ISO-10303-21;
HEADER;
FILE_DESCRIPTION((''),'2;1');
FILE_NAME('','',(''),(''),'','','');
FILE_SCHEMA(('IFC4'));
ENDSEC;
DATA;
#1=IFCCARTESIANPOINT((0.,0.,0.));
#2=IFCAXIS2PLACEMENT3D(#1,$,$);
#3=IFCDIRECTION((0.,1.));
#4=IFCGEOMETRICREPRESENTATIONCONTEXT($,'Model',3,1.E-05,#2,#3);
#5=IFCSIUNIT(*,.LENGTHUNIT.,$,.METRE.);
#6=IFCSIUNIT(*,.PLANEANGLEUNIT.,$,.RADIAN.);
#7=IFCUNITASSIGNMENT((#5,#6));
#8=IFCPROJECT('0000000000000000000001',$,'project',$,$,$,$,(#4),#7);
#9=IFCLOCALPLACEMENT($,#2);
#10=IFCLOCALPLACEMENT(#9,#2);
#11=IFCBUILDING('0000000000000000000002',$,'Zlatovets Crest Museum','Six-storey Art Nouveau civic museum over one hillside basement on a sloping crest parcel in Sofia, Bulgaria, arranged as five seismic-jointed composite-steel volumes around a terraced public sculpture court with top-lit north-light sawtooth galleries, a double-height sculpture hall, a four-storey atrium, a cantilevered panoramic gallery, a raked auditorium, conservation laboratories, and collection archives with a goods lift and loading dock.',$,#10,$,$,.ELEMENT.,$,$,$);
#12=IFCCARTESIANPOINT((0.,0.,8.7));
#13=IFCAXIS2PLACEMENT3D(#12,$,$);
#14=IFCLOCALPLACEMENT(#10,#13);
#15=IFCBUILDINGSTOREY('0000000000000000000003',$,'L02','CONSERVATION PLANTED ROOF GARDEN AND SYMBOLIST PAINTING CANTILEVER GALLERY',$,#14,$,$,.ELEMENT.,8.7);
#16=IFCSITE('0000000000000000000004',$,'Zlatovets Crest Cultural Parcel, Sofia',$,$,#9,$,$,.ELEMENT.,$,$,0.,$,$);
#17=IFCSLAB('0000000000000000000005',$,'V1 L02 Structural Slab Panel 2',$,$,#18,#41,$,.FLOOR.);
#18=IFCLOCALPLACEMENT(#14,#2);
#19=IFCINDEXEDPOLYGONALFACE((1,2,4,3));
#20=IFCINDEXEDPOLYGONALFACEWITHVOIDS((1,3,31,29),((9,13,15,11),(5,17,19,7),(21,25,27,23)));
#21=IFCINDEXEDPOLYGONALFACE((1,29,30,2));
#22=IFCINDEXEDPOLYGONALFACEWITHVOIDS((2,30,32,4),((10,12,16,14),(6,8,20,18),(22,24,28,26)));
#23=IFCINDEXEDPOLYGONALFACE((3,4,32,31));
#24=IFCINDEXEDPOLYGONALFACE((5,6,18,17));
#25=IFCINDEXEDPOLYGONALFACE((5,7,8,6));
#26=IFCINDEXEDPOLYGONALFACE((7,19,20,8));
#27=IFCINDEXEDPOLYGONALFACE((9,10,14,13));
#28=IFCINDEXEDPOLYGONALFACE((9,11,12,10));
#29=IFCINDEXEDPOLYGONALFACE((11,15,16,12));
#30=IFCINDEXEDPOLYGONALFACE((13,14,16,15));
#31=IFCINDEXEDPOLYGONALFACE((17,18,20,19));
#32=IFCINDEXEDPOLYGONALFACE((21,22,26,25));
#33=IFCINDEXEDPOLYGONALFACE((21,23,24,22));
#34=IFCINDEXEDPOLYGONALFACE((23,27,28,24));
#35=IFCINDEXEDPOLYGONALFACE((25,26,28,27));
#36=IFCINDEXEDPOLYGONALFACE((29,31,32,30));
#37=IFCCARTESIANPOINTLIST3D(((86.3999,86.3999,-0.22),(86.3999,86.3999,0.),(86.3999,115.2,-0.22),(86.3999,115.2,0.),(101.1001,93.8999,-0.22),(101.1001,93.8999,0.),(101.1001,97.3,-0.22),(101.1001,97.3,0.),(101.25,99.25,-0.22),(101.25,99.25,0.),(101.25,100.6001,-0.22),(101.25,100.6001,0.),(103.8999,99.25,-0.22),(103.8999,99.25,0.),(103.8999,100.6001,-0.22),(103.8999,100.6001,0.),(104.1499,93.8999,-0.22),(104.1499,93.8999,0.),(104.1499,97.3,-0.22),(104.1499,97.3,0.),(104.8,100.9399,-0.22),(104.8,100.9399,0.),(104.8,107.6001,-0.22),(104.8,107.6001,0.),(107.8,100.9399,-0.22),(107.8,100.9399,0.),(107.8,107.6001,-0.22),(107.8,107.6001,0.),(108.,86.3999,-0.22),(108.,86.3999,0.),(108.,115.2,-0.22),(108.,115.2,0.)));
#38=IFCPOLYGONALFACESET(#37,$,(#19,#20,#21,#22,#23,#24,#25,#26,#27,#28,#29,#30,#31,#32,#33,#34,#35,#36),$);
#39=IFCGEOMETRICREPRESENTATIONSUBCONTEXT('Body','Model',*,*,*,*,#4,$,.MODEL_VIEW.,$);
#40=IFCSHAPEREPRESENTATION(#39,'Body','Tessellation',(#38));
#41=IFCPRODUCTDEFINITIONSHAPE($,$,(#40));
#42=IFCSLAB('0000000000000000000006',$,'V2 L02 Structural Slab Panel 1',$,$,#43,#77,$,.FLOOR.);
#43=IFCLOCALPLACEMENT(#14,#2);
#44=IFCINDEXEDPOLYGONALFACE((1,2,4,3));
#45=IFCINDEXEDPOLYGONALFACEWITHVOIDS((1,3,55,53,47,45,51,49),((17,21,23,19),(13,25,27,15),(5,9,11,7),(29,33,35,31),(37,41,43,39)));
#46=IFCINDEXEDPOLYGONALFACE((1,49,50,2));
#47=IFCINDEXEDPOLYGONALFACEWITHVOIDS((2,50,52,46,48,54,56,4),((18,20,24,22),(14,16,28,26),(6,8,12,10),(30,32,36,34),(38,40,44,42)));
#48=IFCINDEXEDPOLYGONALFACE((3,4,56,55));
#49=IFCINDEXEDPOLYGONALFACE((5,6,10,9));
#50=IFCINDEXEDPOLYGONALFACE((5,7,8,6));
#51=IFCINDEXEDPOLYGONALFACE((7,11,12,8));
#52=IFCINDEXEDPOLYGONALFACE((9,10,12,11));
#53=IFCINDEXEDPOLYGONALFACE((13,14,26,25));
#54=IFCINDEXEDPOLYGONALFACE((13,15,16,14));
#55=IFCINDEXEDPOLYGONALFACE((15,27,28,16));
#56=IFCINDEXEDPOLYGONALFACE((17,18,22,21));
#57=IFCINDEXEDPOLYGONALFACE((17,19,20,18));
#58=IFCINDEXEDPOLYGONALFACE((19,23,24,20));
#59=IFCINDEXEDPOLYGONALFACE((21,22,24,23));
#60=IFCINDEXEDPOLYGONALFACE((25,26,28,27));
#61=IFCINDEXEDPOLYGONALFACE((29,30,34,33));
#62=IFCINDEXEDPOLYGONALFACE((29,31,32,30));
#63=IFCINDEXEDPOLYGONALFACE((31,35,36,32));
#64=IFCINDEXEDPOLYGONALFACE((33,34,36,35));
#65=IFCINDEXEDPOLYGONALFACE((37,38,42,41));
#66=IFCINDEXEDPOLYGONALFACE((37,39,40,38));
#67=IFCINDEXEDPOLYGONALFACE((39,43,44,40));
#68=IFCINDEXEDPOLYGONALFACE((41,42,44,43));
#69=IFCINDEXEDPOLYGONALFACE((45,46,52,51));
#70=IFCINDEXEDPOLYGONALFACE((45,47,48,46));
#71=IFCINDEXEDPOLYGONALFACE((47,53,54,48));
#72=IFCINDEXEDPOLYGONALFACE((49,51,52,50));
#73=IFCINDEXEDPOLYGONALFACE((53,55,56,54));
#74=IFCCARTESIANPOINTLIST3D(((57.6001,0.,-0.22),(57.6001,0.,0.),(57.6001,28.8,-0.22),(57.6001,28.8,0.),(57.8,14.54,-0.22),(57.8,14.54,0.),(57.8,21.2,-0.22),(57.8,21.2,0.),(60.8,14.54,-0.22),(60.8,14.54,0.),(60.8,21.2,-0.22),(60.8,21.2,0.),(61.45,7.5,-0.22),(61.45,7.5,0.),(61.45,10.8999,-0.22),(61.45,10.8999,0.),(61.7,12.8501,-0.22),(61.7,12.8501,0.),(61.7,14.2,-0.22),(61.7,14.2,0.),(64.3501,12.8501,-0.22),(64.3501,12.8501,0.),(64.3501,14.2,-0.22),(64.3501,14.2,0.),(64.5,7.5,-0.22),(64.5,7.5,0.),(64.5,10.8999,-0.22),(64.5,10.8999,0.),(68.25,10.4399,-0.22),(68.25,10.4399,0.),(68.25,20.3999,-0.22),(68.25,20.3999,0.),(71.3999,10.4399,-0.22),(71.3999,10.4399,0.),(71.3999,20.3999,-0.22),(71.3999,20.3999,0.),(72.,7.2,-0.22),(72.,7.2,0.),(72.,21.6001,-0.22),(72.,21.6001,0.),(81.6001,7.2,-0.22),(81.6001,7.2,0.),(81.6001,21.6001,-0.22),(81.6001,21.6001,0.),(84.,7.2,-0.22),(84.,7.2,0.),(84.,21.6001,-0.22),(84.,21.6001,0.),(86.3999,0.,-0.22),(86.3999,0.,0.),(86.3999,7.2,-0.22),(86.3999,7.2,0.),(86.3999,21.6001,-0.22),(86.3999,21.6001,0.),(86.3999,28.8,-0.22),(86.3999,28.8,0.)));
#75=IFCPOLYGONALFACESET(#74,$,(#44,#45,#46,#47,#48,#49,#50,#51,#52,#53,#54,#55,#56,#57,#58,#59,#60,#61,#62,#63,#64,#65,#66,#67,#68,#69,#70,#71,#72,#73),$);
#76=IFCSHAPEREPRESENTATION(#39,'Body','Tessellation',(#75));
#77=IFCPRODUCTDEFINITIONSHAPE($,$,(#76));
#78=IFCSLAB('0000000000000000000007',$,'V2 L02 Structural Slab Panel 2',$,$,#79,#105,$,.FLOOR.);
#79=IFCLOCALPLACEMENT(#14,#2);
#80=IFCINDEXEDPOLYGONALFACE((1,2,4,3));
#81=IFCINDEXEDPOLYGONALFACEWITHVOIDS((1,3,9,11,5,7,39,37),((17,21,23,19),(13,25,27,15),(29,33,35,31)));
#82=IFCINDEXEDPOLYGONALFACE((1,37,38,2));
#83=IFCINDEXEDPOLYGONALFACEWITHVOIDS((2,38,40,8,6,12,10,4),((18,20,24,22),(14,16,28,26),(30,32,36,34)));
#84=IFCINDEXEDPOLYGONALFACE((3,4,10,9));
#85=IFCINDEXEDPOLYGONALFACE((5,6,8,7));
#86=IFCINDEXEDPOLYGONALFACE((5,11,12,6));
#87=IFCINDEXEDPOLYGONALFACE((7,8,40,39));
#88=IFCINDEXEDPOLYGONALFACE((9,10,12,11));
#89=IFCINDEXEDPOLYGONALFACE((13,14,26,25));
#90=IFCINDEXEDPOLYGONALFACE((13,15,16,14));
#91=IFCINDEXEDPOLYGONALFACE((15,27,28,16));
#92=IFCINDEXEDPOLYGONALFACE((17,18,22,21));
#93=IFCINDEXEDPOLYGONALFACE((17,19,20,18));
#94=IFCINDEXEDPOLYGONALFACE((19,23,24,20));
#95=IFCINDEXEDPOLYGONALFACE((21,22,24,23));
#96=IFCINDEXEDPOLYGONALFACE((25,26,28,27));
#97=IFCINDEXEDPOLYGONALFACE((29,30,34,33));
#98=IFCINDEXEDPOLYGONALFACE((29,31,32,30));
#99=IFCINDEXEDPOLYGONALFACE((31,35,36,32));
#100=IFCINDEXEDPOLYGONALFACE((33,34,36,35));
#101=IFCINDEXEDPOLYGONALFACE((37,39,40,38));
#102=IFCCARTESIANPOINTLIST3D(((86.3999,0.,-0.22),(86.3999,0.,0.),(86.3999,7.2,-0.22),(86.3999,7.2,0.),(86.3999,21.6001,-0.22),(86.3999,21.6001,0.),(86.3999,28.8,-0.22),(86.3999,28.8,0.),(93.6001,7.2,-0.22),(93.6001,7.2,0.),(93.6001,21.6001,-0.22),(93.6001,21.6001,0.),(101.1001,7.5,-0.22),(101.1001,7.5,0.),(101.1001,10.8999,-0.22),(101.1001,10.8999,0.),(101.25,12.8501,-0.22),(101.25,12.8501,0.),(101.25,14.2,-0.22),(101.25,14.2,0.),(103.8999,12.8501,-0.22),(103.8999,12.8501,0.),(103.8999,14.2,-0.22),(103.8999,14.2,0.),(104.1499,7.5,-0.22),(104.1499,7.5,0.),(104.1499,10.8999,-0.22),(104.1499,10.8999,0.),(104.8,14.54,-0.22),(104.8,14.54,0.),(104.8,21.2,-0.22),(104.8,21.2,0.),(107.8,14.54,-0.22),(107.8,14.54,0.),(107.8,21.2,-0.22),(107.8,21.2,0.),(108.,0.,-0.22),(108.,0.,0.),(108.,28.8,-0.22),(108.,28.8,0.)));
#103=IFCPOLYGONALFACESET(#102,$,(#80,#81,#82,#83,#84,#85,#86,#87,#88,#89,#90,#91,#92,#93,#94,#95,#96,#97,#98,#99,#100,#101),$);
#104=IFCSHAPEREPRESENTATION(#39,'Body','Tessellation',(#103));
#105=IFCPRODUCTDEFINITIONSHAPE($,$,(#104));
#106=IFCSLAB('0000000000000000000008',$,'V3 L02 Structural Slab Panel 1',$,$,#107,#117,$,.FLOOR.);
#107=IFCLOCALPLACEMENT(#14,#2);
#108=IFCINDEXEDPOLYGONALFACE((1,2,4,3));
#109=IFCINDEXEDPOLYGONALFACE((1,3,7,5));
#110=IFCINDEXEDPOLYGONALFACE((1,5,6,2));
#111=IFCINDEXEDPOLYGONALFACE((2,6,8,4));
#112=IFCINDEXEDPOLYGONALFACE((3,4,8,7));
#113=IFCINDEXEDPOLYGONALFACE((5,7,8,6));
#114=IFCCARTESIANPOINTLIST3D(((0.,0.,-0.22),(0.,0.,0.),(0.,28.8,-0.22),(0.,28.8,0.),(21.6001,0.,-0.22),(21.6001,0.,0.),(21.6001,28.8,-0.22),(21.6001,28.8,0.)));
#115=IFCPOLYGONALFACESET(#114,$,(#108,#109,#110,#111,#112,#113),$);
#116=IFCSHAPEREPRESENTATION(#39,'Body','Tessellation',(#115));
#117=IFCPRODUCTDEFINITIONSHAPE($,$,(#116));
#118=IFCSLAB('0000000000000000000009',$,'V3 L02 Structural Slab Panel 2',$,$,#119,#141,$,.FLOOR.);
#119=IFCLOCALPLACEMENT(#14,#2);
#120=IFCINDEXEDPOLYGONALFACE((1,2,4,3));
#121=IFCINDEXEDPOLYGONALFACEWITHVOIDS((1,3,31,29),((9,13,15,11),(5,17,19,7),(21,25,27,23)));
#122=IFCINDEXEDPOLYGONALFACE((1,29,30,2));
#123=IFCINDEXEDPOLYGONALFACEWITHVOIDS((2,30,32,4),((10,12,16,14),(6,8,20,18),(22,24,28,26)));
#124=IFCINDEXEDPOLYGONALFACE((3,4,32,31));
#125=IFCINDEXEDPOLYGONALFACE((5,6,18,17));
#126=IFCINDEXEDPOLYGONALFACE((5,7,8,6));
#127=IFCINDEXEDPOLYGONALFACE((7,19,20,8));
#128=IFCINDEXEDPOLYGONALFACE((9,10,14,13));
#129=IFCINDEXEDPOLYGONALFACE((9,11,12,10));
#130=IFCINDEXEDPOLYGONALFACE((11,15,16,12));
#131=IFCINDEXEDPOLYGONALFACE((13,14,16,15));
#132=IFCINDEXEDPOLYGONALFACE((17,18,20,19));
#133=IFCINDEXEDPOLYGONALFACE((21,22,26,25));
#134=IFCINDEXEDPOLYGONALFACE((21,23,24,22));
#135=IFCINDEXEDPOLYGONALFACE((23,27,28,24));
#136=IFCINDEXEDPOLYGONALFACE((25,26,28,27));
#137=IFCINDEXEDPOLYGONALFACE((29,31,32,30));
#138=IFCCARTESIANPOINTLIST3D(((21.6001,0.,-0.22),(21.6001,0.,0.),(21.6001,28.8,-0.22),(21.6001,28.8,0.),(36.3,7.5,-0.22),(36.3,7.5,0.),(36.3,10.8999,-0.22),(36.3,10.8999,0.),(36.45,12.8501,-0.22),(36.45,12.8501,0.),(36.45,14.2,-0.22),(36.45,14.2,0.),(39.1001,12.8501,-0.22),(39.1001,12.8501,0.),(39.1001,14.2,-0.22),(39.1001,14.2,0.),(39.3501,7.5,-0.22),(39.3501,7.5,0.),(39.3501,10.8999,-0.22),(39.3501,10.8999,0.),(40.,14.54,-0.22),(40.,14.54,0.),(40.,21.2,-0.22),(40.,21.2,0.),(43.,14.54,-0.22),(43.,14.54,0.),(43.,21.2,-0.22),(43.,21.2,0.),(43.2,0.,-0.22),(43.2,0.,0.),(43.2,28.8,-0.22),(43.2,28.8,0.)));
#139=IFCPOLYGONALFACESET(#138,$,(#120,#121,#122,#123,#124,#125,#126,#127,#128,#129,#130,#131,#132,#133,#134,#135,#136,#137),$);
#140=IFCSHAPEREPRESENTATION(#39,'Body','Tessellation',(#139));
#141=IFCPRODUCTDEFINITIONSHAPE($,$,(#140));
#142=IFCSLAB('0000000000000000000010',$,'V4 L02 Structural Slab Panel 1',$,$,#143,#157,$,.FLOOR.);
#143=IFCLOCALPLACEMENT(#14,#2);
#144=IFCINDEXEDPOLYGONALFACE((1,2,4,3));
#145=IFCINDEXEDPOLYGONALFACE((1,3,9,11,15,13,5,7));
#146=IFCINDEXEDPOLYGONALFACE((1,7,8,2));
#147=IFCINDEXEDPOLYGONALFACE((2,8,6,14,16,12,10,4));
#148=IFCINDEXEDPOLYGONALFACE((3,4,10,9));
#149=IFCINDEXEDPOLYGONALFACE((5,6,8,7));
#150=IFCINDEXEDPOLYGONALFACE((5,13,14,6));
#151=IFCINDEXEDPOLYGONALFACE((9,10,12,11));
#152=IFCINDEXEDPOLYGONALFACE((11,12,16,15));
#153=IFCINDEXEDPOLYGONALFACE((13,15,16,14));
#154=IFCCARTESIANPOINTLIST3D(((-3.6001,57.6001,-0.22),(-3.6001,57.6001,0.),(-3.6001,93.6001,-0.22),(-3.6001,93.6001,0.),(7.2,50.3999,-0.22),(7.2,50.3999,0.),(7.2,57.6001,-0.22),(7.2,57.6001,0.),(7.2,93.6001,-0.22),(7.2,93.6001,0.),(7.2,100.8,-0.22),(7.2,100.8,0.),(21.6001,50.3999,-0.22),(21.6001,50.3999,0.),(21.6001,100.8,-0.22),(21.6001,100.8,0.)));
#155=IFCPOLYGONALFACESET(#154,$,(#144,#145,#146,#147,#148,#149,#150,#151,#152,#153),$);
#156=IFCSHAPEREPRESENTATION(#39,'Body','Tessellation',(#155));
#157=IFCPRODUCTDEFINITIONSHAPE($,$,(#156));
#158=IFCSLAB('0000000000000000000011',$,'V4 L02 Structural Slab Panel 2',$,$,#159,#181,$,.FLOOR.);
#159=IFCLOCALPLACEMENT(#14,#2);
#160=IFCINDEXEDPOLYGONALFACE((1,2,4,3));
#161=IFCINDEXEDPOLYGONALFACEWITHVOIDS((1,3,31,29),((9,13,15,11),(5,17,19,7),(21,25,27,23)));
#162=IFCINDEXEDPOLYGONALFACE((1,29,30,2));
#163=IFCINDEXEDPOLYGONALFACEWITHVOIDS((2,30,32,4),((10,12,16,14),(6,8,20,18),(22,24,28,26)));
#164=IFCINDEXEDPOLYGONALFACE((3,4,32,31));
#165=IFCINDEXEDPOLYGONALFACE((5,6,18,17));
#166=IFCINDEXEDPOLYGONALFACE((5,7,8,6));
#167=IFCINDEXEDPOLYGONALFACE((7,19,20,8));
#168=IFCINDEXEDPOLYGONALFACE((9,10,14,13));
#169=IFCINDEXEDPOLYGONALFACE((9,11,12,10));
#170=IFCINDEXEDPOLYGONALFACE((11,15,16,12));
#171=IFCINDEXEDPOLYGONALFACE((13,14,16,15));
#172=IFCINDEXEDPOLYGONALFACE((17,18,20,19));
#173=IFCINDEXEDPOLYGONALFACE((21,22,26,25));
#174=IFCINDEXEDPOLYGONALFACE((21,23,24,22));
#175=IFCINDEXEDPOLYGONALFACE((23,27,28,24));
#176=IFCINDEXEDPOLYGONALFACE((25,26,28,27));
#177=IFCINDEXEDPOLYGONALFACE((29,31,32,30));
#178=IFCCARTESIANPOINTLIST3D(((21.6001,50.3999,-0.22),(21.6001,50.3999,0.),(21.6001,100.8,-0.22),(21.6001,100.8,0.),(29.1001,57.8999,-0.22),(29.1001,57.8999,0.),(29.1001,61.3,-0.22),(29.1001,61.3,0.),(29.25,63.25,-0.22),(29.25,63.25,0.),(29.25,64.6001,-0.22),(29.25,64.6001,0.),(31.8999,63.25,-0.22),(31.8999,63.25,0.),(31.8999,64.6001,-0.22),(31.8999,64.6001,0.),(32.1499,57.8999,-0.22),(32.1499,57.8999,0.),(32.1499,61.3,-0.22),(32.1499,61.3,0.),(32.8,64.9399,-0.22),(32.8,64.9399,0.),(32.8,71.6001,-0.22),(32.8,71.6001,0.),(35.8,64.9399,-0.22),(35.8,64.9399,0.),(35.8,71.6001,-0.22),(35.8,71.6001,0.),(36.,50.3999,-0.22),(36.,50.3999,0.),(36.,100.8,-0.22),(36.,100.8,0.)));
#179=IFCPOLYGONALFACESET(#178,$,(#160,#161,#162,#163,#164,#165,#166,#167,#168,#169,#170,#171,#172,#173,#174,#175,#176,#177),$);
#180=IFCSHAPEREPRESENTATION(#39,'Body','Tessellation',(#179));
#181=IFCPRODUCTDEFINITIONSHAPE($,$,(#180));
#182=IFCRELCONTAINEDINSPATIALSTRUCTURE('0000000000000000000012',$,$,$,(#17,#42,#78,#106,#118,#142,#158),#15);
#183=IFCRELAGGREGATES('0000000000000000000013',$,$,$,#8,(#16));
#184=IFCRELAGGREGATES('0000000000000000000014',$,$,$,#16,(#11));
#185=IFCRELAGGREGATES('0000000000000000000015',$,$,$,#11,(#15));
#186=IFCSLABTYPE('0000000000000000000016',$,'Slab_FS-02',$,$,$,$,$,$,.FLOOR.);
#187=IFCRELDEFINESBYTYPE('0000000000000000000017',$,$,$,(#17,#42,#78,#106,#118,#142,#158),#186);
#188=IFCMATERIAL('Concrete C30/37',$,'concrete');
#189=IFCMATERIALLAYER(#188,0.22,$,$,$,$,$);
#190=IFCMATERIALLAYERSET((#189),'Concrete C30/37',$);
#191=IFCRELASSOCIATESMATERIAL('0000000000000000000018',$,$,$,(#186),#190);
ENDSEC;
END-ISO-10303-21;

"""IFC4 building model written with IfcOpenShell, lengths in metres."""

from ifc_helpers import new_model, si_unit, direction, frame, origin, place, context, subcontext, project, spatial, polyline, outline, extrude, material, layer, layer_set, type_object, element, save


model = new_model("IFC4")

# Units and contexts
model_context = context("Model", 3, precision=1e-05, world=origin(), true_north=direction((0.0, 1.0)))
body_context = subcontext(model_context, "Body", "Model", "MODEL_VIEW")
ifc_project = project(units=[si_unit("LENGTHUNIT", "METRE"), si_unit("PLANEANGLEUNIT", "RADIAN")], contexts=[model_context])

# Site, building, storey
site_placement = place(None, origin())
site = spatial("IfcSite", under=ifc_project, at=site_placement, Name="Zlatovets Crest Cultural Parcel, Sofia", CompositionType="ELEMENT", RefElevation=0.0)
building_placement = place(site_placement, origin())
building = spatial("IfcBuilding", under=site, at=building_placement, Name="Zlatovets Crest Museum", Description="Six-storey Art Nouveau civic museum over one hillside basement on a sloping crest parcel in Sofia, Bulgaria, arranged as five seismic-jointed composite-steel volumes around a terraced public sculpture court with top-lit north-light sawtooth galleries, a double-height sculpture hall, a four-storey atrium, a cantilevered panoramic gallery, a raked auditorium, conservation laboratories, and collection archives with a goods lift and loading dock.", CompositionType="ELEMENT")
storey_placement = place(building_placement, frame((0.0, 0.0, 8.7)))
storey = spatial("IfcBuildingStorey", under=building, at=storey_placement, Name="L02", Description="CONSERVATION PLANTED ROOF GARDEN AND SYMBOLIST PAINTING CANTILEVER GALLERY", CompositionType="ELEMENT", Elevation=8.7)

# Slabs
ifc_material_1 = material(Name="Concrete C30/37", Category="concrete")
ifc_layer_1 = layer(ifc_material_1, 0.22)
ifc_layer_set_1 = layer_set([ifc_layer_1], Name="Concrete C30/37")
slab_type_1 = type_object("IfcSlabType", Name="Slab_FS-02", PredefinedType="FLOOR", material=ifc_layer_set_1)
slab_1_placement = place(storey_placement, frame((0.0, 0.0, -0.22)))
element("IfcSlab", 1, at=slab_1_placement, inside=storey, type_object=slab_type_1, Name="V1 L02 Structural Slab Panel 2", PredefinedType="FLOOR", context=body_context, shape_type="SweptSolid", body=[
    extrude(outline(polyline([(86.3999, 86.3999), (86.3999, 115.2), (108.0, 115.2), (108.0, 86.3999), (86.3999, 86.3999)]), holes=[polyline([(107.8, 107.6001), (104.8, 107.6001), (104.8, 100.9399), (107.8, 100.9399), (107.8, 107.6001)]), polyline([(101.1001, 97.3), (101.1001, 93.8999), (104.1499, 93.8999), (104.1499, 97.3), (101.1001, 97.3)]), polyline([(103.8999, 100.6001), (101.25, 100.6001), (101.25, 99.25), (103.8999, 99.25), (103.8999, 100.6001)])]), origin(), (0.0, 0.0, 1.0), 0.22),
])
slab_2_placement = place(storey_placement, frame((0.0, 0.0, -0.22)))
element("IfcSlab", 2, at=slab_2_placement, inside=storey, type_object=slab_type_1, Name="V2 L02 Structural Slab Panel 1", PredefinedType="FLOOR", context=body_context, shape_type="SweptSolid", body=[
    extrude(outline(polyline([(57.6001, 28.8), (86.3999, 28.8), (86.3999, 21.6001), (84.0, 21.6001), (84.0, 7.2), (86.3999, 7.2), (86.3999, 0.0), (57.6001, 0.0), (57.6001, 28.8)]), holes=[polyline([(72.0, 7.2), (81.6001, 7.2), (81.6001, 21.6001), (72.0, 21.6001), (72.0, 7.2)]), polyline([(57.8, 14.54), (60.8, 14.54), (60.8, 21.2), (57.8, 21.2), (57.8, 14.54)]), polyline([(71.3999, 20.3999), (68.25, 20.3999), (68.25, 10.4399), (71.3999, 10.4399), (71.3999, 20.3999)]), polyline([(64.5, 7.5), (64.5, 10.8999), (61.45, 10.8999), (61.45, 7.5), (64.5, 7.5)]), polyline([(61.7, 12.8501), (64.3501, 12.8501), (64.3501, 14.2), (61.7, 14.2), (61.7, 12.8501)])]), origin(), (0.0, 0.0, 1.0), 0.22),
])
slab_3_placement = place(storey_placement, frame((0.0, 0.0, -0.22)))
element("IfcSlab", 3, at=slab_3_placement, inside=storey, type_object=slab_type_1, Name="V2 L02 Structural Slab Panel 2", PredefinedType="FLOOR", context=body_context, shape_type="SweptSolid", body=[
    extrude(outline(polyline([(108.0, 0.0), (86.3999, 0.0), (86.3999, 7.2), (93.6001, 7.2), (93.6001, 21.6001), (86.3999, 21.6001), (86.3999, 28.8), (108.0, 28.8), (108.0, 0.0)]), holes=[polyline([(104.8, 21.2), (104.8, 14.54), (107.8, 14.54), (107.8, 21.2), (104.8, 21.2)]), polyline([(101.1001, 10.8999), (101.1001, 7.5), (104.1499, 7.5), (104.1499, 10.8999), (101.1001, 10.8999)]), polyline([(103.8999, 14.2), (101.25, 14.2), (101.25, 12.8501), (103.8999, 12.8501), (103.8999, 14.2)])]), origin(), (0.0, 0.0, 1.0), 0.22),
])
slab_4_placement = place(storey_placement, frame((0.0, 0.0, -0.22)))
element("IfcSlab", 4, at=slab_4_placement, inside=storey, type_object=slab_type_1, Name="V3 L02 Structural Slab Panel 1", PredefinedType="FLOOR", context=body_context, shape_type="SweptSolid", body=[
    extrude(outline(polyline([(21.6001, 0.0), (0.0, 0.0), (0.0, 28.8), (21.6001, 28.8), (21.6001, 0.0)])), origin(), (0.0, 0.0, 1.0), 0.22),
])
slab_5_placement = place(storey_placement, frame((0.0, 0.0, -0.22)))
element("IfcSlab", 5, at=slab_5_placement, inside=storey, type_object=slab_type_1, Name="V3 L02 Structural Slab Panel 2", PredefinedType="FLOOR", context=body_context, shape_type="SweptSolid", body=[
    extrude(outline(polyline([(21.6001, 28.8), (43.2, 28.8), (43.2, 0.0), (21.6001, 0.0), (21.6001, 28.8)]), holes=[polyline([(40.0, 14.54), (43.0, 14.54), (43.0, 21.2), (40.0, 21.2), (40.0, 14.54)]), polyline([(36.3, 10.8999), (36.3, 7.5), (39.3501, 7.5), (39.3501, 10.8999), (36.3, 10.8999)]), polyline([(39.1001, 14.2), (36.45, 14.2), (36.45, 12.8501), (39.1001, 12.8501), (39.1001, 14.2)])]), origin(), (0.0, 0.0, 1.0), 0.22),
])
slab_6_placement = place(storey_placement, frame((0.0, 0.0, -0.22)))
element("IfcSlab", 6, at=slab_6_placement, inside=storey, type_object=slab_type_1, Name="V4 L02 Structural Slab Panel 1", PredefinedType="FLOOR", context=body_context, shape_type="SweptSolid", body=[
    extrude(outline(polyline([(21.6001, 100.8), (21.6001, 50.3999), (7.2, 50.3999), (7.2, 57.6001), (-3.6001, 57.6001), (-3.6001, 93.6001), (7.2, 93.6001), (7.2, 100.8), (21.6001, 100.8)])), origin(), (0.0, 0.0, 1.0), 0.22),
])
slab_7_placement = place(storey_placement, frame((0.0, 0.0, -0.22)))
element("IfcSlab", 7, at=slab_7_placement, inside=storey, type_object=slab_type_1, Name="V4 L02 Structural Slab Panel 2", PredefinedType="FLOOR", context=body_context, shape_type="SweptSolid", body=[
    extrude(outline(polyline([(21.6001, 100.8), (36.0, 100.8), (36.0, 50.3999), (21.6001, 50.3999), (21.6001, 100.8)]), holes=[polyline([(32.8, 64.9399), (35.8, 64.9399), (35.8, 71.6001), (32.8, 71.6001), (32.8, 64.9399)]), polyline([(29.1001, 61.3), (29.1001, 57.8999), (32.1499, 57.8999), (32.1499, 61.3), (29.1001, 61.3)]), polyline([(31.8999, 64.6001), (29.25, 64.6001), (29.25, 63.25), (31.8999, 63.25), (31.8999, 64.6001)])]), origin(), (0.0, 0.0, 1.0), 0.22),
])

save(model, "model.ifc")
